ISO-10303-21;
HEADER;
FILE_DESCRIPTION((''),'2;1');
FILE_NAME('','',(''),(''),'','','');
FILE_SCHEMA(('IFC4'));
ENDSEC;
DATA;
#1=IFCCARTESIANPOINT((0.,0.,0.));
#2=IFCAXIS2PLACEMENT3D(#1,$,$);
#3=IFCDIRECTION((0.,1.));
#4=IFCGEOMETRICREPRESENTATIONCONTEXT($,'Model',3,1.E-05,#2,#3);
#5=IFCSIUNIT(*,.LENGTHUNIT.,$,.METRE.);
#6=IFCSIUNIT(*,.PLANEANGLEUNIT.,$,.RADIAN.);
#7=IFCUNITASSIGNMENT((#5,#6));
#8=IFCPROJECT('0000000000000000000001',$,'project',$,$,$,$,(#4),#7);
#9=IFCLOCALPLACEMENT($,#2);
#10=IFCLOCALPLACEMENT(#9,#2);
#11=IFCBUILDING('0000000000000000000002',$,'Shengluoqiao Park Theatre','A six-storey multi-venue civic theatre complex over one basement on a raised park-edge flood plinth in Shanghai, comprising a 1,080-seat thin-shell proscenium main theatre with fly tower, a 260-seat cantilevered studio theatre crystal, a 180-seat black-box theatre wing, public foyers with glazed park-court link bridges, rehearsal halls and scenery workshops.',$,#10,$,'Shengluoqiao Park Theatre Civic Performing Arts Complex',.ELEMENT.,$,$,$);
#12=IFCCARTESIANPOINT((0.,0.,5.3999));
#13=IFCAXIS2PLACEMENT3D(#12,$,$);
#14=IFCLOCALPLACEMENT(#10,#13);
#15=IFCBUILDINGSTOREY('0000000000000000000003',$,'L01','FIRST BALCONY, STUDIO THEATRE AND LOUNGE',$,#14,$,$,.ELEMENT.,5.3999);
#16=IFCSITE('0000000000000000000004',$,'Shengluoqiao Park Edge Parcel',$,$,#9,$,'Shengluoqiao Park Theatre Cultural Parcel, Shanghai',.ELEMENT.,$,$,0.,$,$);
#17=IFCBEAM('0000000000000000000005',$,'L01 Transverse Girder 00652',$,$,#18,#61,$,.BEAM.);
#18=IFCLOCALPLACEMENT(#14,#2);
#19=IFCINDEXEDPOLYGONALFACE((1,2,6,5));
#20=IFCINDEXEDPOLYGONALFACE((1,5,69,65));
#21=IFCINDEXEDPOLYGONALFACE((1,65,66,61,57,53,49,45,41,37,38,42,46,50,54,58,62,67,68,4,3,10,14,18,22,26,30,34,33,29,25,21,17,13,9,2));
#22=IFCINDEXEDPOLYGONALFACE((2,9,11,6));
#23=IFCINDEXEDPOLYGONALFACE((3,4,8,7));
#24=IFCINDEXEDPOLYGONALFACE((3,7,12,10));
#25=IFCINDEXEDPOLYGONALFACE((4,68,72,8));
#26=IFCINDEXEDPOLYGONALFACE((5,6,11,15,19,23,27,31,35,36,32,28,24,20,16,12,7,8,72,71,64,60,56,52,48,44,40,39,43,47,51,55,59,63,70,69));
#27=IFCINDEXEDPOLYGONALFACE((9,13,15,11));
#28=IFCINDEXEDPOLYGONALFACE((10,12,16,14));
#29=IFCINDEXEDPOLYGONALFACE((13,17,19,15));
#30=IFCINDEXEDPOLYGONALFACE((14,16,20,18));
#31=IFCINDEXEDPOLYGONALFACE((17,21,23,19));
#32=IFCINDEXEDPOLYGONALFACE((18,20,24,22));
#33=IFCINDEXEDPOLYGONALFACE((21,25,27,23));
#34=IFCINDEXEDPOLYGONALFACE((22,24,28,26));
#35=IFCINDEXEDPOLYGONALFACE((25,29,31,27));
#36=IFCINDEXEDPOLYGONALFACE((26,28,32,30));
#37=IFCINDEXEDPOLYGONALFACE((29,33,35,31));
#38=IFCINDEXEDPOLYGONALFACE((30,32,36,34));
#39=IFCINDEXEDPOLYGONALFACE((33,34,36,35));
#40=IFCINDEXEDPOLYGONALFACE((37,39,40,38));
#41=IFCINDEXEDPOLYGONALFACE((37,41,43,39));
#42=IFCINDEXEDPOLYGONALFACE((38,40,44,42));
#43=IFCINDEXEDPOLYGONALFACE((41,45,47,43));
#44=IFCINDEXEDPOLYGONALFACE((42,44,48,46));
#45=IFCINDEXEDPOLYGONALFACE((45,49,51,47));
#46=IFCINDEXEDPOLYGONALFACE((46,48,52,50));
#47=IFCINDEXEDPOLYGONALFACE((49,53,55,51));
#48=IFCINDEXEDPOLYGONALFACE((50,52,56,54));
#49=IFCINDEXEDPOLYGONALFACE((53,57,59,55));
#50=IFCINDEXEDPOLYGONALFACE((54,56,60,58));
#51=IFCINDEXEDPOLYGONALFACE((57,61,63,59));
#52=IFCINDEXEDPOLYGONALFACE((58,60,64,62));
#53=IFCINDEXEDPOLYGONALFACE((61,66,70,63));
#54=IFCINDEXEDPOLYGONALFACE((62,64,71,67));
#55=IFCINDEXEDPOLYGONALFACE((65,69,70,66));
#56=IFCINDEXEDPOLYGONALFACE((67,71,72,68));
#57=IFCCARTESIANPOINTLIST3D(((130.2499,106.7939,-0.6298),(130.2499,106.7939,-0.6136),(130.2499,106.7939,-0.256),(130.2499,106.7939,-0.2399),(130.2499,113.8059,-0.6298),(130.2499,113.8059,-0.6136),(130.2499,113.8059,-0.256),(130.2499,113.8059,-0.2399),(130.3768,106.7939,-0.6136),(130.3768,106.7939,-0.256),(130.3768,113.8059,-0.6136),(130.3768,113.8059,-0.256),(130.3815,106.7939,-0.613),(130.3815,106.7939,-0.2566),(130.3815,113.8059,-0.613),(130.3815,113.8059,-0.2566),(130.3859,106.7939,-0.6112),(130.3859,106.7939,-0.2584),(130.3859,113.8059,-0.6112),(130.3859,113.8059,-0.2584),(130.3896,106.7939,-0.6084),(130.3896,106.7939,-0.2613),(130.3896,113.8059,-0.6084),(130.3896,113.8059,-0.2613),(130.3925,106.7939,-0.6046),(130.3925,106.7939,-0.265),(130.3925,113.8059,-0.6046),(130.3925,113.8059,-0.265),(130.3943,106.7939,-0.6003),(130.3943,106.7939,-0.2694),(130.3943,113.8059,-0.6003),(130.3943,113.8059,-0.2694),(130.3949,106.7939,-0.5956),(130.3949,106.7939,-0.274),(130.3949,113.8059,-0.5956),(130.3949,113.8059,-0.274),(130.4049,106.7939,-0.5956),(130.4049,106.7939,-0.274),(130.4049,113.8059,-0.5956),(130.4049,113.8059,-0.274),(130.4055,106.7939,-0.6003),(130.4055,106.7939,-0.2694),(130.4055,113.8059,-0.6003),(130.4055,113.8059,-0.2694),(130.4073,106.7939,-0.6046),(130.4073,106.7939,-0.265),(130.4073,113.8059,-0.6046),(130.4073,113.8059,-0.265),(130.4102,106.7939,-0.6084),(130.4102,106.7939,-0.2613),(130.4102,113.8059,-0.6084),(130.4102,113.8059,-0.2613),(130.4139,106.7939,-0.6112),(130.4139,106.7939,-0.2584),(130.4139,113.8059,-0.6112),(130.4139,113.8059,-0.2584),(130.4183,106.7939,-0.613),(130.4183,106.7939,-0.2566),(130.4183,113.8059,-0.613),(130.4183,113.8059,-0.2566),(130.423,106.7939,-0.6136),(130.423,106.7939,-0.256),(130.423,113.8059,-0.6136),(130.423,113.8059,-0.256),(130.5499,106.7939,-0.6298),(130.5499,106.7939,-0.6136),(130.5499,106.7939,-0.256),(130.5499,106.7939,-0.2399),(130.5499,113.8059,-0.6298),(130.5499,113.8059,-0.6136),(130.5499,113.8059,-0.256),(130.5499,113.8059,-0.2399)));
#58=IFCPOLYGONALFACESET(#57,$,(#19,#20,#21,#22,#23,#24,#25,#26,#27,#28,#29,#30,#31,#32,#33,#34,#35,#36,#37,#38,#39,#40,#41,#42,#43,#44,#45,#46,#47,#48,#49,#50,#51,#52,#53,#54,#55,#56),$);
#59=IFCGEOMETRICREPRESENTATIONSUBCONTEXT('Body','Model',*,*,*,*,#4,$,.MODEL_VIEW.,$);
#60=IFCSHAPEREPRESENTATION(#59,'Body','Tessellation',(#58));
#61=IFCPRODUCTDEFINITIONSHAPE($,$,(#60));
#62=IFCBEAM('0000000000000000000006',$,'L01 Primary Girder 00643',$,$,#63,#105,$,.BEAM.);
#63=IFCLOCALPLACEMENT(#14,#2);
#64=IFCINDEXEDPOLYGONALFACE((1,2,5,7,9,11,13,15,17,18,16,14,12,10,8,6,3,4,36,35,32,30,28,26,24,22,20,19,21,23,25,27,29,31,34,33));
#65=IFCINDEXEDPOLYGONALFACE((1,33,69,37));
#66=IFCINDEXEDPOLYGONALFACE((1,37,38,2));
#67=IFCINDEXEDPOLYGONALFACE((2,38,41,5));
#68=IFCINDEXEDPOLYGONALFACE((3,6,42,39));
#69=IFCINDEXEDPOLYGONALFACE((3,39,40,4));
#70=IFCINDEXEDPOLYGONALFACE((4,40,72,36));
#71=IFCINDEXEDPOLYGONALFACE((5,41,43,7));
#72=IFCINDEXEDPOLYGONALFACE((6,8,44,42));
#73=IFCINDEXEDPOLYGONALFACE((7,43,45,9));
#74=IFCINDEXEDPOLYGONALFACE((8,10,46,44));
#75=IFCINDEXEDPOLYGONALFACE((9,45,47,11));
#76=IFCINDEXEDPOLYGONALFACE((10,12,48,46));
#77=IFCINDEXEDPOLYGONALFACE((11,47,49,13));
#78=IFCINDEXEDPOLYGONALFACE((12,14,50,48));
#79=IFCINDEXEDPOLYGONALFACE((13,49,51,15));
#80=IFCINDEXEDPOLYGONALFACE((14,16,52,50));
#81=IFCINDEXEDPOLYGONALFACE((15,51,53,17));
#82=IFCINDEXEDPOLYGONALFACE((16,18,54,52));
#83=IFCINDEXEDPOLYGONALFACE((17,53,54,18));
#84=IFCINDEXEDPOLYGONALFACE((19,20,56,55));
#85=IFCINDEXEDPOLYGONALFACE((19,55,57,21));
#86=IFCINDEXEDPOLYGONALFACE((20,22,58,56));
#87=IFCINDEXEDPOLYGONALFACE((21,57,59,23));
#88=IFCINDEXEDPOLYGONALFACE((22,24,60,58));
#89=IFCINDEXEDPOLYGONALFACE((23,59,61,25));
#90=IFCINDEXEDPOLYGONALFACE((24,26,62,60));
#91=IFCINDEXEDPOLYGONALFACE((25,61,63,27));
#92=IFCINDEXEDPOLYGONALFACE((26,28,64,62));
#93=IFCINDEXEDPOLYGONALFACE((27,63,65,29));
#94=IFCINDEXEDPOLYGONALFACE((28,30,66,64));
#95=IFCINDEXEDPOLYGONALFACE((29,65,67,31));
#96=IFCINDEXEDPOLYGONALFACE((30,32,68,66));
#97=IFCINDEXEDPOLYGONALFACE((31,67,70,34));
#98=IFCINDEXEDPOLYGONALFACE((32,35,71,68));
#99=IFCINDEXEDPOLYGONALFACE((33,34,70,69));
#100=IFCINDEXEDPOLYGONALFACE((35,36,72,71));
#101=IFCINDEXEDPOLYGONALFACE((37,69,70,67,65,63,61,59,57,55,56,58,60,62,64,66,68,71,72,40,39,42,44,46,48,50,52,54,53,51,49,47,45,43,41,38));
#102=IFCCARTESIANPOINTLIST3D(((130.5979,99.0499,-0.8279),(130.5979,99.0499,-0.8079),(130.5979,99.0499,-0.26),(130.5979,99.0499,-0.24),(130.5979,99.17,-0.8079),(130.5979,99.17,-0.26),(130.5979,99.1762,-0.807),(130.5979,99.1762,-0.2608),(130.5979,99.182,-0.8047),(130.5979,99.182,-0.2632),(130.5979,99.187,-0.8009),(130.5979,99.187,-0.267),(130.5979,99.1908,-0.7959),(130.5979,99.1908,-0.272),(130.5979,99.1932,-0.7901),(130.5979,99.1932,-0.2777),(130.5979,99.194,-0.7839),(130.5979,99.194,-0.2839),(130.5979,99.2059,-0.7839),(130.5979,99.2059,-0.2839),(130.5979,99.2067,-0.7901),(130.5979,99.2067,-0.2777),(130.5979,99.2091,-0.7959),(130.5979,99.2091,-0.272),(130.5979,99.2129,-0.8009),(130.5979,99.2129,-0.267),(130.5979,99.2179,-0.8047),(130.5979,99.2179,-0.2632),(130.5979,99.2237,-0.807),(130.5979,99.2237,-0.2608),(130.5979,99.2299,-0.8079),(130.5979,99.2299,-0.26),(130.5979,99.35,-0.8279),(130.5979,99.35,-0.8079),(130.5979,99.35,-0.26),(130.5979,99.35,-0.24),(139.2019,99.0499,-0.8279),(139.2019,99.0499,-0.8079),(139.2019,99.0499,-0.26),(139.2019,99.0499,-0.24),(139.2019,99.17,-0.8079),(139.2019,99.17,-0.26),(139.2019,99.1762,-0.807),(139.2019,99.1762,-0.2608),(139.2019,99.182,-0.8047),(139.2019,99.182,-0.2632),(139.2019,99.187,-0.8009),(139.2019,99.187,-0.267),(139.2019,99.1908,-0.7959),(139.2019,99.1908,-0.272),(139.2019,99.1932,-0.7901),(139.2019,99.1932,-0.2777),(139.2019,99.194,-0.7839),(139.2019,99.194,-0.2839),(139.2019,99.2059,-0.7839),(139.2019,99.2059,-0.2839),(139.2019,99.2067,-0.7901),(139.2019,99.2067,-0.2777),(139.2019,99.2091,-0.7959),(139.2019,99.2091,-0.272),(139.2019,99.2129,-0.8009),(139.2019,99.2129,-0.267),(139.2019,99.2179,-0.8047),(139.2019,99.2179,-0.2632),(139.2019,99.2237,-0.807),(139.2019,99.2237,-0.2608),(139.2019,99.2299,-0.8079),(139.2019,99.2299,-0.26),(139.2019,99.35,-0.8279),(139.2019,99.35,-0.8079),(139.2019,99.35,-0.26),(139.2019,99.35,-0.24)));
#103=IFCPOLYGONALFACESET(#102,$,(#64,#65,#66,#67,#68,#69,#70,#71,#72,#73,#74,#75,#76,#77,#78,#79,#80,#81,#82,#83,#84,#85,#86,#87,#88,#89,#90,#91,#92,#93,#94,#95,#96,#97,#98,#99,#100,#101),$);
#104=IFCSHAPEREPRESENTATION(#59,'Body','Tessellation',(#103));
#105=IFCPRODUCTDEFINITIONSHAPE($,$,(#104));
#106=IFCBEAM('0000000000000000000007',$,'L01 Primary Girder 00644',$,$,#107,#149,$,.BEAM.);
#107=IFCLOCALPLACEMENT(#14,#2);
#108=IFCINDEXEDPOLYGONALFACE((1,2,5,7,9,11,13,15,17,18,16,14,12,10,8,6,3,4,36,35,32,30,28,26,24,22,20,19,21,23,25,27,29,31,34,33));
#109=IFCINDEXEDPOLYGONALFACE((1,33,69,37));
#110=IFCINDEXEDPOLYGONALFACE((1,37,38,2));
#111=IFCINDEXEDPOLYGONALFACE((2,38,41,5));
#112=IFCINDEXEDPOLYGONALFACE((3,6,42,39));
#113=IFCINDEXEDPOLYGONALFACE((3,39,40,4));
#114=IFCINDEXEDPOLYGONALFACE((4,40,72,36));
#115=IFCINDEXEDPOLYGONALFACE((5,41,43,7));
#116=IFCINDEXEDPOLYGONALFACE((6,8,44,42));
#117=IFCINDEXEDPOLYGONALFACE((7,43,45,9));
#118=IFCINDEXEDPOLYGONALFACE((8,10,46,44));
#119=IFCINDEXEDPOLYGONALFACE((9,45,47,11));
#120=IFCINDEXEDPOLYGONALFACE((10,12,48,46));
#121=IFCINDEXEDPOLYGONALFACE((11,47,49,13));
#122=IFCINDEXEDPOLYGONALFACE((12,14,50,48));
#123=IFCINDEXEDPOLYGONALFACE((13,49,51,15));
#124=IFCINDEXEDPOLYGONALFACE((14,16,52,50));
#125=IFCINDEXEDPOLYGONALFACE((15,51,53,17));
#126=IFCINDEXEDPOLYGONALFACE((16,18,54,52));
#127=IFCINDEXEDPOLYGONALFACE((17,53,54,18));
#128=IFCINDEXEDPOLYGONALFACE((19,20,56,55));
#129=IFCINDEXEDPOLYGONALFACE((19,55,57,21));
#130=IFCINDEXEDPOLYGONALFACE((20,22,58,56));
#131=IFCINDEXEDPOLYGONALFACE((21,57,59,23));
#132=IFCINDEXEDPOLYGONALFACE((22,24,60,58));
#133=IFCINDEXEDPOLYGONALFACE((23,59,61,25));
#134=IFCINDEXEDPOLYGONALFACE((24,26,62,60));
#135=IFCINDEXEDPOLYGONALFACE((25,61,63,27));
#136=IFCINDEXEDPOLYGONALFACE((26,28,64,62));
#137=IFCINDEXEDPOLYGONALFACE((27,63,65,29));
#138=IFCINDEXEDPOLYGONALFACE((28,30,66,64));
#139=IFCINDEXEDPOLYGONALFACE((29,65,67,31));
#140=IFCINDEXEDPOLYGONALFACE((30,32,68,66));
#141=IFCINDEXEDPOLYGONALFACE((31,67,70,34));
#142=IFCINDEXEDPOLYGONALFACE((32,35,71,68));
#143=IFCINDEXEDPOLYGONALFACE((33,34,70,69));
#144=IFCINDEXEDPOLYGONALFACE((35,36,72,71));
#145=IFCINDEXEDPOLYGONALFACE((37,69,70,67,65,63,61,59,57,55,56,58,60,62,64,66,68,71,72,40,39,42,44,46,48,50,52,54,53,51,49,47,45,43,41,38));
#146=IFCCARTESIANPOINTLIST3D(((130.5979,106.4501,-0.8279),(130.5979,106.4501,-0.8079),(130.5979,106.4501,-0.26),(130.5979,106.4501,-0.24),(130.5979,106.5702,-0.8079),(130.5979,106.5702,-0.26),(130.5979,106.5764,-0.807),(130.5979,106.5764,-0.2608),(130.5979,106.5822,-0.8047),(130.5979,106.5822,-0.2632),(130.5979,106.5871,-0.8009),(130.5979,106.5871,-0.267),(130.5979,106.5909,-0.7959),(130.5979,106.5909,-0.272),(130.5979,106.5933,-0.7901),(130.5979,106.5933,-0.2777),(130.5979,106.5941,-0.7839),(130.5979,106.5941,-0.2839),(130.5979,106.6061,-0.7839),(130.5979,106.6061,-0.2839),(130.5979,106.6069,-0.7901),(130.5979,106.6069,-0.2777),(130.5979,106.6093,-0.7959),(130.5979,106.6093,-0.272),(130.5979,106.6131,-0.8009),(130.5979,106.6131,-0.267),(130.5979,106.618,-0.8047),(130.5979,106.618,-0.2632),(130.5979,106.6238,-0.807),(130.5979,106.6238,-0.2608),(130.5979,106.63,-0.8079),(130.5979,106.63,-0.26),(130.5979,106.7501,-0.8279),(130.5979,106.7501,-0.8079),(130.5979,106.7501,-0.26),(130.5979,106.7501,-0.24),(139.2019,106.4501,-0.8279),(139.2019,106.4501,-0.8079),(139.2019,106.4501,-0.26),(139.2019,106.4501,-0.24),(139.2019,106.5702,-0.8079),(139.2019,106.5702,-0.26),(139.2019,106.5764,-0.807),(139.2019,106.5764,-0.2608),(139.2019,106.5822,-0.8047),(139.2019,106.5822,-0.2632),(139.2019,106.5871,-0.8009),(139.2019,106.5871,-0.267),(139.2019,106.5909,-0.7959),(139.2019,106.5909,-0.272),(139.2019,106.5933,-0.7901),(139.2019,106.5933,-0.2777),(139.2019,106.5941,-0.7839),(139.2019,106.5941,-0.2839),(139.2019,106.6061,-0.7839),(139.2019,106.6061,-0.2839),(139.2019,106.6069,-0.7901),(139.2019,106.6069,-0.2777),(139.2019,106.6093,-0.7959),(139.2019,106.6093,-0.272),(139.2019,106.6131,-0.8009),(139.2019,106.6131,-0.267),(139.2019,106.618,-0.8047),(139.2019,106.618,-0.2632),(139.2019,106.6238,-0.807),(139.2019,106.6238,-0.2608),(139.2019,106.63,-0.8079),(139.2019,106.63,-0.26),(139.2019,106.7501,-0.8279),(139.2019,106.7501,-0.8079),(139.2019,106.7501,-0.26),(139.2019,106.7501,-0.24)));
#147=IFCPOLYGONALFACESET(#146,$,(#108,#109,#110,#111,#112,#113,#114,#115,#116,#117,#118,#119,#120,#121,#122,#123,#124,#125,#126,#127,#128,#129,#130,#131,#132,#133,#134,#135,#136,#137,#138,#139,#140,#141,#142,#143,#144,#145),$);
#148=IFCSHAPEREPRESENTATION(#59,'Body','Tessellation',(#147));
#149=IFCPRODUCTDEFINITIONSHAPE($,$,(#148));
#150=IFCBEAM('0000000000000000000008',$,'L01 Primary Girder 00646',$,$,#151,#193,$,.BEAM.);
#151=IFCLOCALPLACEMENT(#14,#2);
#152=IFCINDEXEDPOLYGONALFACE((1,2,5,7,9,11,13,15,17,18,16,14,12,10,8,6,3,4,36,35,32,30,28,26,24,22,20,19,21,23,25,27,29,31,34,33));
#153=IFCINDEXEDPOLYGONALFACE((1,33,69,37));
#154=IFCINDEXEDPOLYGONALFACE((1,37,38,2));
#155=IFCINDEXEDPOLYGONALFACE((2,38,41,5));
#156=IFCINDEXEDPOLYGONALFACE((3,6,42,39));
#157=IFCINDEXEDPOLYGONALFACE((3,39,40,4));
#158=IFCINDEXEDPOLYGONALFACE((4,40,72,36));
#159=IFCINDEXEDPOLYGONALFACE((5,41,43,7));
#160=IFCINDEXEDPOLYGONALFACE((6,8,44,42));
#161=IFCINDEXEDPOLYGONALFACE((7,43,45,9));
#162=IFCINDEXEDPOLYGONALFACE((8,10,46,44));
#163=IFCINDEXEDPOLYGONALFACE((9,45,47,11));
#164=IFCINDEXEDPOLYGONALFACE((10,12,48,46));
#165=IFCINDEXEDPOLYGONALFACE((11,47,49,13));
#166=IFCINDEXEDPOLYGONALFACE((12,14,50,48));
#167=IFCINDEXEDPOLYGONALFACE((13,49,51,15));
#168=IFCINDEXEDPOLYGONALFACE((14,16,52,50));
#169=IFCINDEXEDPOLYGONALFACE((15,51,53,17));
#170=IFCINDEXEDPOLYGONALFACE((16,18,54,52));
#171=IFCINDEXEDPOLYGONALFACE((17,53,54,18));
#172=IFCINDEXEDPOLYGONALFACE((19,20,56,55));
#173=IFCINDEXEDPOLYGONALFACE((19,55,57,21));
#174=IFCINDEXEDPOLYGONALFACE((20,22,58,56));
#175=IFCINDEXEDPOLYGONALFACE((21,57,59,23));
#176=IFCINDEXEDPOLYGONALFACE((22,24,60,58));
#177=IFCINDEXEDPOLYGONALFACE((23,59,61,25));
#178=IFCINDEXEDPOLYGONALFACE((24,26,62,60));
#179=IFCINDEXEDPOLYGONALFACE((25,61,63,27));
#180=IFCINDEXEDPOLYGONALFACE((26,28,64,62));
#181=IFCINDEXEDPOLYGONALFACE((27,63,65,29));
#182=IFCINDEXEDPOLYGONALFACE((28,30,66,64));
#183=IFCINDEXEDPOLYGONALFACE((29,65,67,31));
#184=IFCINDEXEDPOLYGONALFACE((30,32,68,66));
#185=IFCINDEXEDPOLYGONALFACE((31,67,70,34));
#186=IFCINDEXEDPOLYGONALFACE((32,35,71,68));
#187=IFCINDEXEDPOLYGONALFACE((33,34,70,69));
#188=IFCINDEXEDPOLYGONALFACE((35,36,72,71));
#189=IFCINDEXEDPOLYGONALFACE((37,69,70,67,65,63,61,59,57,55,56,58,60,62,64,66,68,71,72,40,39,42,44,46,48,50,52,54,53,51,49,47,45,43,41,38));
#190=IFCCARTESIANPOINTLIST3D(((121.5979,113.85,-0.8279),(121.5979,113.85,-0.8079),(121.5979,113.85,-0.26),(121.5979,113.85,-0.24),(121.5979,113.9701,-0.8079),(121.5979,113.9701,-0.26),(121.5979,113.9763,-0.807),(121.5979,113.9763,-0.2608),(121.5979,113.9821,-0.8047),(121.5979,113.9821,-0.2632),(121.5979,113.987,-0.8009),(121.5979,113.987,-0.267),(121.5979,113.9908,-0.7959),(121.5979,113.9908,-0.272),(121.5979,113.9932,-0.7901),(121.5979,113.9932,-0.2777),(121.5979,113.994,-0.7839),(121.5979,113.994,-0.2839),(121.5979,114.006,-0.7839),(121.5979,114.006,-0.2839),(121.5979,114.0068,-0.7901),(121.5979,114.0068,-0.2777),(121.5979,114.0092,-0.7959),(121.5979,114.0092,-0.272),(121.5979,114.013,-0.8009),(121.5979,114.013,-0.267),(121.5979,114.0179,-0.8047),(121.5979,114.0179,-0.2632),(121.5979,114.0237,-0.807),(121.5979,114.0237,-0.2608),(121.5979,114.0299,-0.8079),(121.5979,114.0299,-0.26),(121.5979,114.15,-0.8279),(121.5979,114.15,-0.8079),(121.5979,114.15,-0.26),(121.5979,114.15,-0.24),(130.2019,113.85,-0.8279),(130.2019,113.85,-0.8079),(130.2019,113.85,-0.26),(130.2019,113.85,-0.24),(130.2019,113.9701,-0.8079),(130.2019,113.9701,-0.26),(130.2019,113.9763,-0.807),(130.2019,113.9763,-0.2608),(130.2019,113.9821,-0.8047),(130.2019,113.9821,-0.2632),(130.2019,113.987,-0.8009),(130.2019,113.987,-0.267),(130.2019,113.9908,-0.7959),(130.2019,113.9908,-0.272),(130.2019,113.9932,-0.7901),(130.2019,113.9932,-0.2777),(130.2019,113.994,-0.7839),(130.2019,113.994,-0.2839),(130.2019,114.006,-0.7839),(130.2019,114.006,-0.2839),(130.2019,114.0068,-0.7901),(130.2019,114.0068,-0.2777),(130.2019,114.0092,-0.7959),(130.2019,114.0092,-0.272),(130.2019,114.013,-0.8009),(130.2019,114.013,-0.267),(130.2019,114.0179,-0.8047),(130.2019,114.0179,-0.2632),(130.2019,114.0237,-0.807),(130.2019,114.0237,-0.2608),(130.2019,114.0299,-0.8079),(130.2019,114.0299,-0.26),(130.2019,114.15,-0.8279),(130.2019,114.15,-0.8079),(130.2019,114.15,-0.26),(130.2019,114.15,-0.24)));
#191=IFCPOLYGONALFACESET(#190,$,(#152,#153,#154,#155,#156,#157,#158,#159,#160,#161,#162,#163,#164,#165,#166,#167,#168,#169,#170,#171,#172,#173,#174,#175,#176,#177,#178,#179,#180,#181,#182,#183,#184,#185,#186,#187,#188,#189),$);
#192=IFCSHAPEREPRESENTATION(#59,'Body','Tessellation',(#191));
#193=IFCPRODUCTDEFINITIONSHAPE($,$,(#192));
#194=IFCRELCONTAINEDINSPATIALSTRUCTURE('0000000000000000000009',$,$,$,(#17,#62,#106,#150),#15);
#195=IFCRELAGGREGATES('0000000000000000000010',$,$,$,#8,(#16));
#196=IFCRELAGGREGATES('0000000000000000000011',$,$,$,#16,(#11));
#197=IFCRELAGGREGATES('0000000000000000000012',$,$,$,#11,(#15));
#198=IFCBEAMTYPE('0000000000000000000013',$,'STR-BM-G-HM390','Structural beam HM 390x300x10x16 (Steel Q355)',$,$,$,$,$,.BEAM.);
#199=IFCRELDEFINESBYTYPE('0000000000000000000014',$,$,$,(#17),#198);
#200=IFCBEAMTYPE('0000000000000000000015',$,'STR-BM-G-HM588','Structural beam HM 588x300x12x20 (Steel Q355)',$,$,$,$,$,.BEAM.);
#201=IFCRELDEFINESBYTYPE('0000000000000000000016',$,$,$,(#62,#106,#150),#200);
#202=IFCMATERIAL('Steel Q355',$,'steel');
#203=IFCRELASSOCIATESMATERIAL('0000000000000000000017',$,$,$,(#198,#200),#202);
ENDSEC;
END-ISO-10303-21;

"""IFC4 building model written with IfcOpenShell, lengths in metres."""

from ifc_helpers import new_model, si_unit, direction, frame, origin, origin_2d, place, context, subcontext, project, spatial, i_section, extrude, material, material_profile, profile_set, type_object, element, save


model = new_model("IFC4")

# Units and contexts
model_context = context("Model", 3, precision=1e-05, world=origin(), true_north=direction((0.0, 1.0)))
body_context = subcontext(model_context, "Body", "Model", "MODEL_VIEW")
ifc_project = project(units=[si_unit("LENGTHUNIT", "METRE"), si_unit("PLANEANGLEUNIT", "RADIAN")], contexts=[model_context])

# Site, building, storey
site_placement = place(None, origin())
site = spatial("IfcSite", under=ifc_project, at=site_placement, Name="Shengluoqiao Park Edge Parcel", LongName="Shengluoqiao Park Theatre Cultural Parcel, Shanghai", CompositionType="ELEMENT", RefElevation=0.0)
building_placement = place(site_placement, origin())
building = spatial("IfcBuilding", under=site, at=building_placement, Name="Shengluoqiao Park Theatre", Description="A six-storey multi-venue civic theatre complex over one basement on a raised park-edge flood plinth in Shanghai, comprising a 1,080-seat thin-shell proscenium main theatre with fly tower, a 260-seat cantilevered studio theatre crystal, a 180-seat black-box theatre wing, public foyers with glazed park-court link bridges, rehearsal halls and scenery workshops.", LongName="Shengluoqiao Park Theatre Civic Performing Arts Complex", CompositionType="ELEMENT")
storey_placement = place(building_placement, frame((0.0, 0.0, 5.3999)))
storey = spatial("IfcBuildingStorey", under=building, at=storey_placement, Name="L01", Description="FIRST BALCONY, STUDIO THEATRE AND LOUNGE", CompositionType="ELEMENT", Elevation=5.3999)

# Beams
ifc_material_1 = material(Name="Steel Q355", Category="steel")
ifc_material_profile_1 = material_profile(ifc_material_1, i_section(OverallWidth=0.3, OverallDepth=0.3899, WebThickness=0.01, FlangeThickness=0.0161, FilletRadius=0.0181, at=origin_2d()), Name="HM 390x300x10x16")
ifc_profile_set_1 = profile_set([ifc_material_profile_1], Name="Steel Q355")
beam_type_1 = type_object("IfcBeamType", Name="STR-BM-G-HM390", Description="Structural beam HM 390x300x10x16 (Steel Q355)", PredefinedType="BEAM", material=ifc_profile_set_1)
for number, where, z_axis, x_axis, name in (
    (1, (130.3999, 106.7939, -0.4348), (0.0, 1.0, 0.0), (-1.0, 0.0, 0.0), "L01 Transverse Girder 00652"),
):
    element("IfcBeam", number, at=place(storey_placement, frame(where, z_axis=z_axis, x_axis=x_axis)), inside=storey, type_object=beam_type_1, Name=name, PredefinedType="BEAM", context=body_context, shape_type="SweptSolid", body=[
        extrude(i_section(OverallWidth=0.3, OverallDepth=0.3899, WebThickness=0.01, FlangeThickness=0.0161, FilletRadius=0.0181, at=origin_2d()), origin(), (0.0, 0.0, 1.0), 7.012),
    ])
ifc_material_profile_2 = material_profile(ifc_material_1, i_section(OverallWidth=0.3, OverallDepth=0.5879, WebThickness=0.012, FlangeThickness=0.02, FilletRadius=0.0239, at=origin_2d()), Name="HM 588x300x12x20")
ifc_profile_set_2 = profile_set([ifc_material_profile_2], Name="Steel Q355")
beam_type_2 = type_object("IfcBeamType", Name="STR-BM-G-HM588", Description="Structural beam HM 588x300x12x20 (Steel Q355)", PredefinedType="BEAM", material=ifc_profile_set_2)
for number, where, z_axis, x_axis, name in (
    (2, (130.5979, 99.2, -0.5339), (1.0, 0.0, 0.0), (0.0, 1.0, 0.0), "L01 Primary Girder 00643"),
    (3, (130.5979, 106.6001, -0.5339), (1.0, 0.0, 0.0), (0.0, 1.0, 0.0), "L01 Primary Girder 00644"),
    (4, (121.5979, 114.0, -0.5339), (1.0, 0.0, 0.0), (0.0, 1.0, 0.0), "L01 Primary Girder 00646"),
):
    element("IfcBeam", number, at=place(storey_placement, frame(where, z_axis=z_axis, x_axis=x_axis)), inside=storey, type_object=beam_type_2, Name=name, PredefinedType="BEAM", context=body_context, shape_type="SweptSolid", body=[
        extrude(i_section(OverallWidth=0.3, OverallDepth=0.5879, WebThickness=0.012, FlangeThickness=0.02, FilletRadius=0.0239, at=origin_2d()), origin(), (0.0, 0.0, 1.0), 8.604),
    ])

save(model, "model.ifc")
